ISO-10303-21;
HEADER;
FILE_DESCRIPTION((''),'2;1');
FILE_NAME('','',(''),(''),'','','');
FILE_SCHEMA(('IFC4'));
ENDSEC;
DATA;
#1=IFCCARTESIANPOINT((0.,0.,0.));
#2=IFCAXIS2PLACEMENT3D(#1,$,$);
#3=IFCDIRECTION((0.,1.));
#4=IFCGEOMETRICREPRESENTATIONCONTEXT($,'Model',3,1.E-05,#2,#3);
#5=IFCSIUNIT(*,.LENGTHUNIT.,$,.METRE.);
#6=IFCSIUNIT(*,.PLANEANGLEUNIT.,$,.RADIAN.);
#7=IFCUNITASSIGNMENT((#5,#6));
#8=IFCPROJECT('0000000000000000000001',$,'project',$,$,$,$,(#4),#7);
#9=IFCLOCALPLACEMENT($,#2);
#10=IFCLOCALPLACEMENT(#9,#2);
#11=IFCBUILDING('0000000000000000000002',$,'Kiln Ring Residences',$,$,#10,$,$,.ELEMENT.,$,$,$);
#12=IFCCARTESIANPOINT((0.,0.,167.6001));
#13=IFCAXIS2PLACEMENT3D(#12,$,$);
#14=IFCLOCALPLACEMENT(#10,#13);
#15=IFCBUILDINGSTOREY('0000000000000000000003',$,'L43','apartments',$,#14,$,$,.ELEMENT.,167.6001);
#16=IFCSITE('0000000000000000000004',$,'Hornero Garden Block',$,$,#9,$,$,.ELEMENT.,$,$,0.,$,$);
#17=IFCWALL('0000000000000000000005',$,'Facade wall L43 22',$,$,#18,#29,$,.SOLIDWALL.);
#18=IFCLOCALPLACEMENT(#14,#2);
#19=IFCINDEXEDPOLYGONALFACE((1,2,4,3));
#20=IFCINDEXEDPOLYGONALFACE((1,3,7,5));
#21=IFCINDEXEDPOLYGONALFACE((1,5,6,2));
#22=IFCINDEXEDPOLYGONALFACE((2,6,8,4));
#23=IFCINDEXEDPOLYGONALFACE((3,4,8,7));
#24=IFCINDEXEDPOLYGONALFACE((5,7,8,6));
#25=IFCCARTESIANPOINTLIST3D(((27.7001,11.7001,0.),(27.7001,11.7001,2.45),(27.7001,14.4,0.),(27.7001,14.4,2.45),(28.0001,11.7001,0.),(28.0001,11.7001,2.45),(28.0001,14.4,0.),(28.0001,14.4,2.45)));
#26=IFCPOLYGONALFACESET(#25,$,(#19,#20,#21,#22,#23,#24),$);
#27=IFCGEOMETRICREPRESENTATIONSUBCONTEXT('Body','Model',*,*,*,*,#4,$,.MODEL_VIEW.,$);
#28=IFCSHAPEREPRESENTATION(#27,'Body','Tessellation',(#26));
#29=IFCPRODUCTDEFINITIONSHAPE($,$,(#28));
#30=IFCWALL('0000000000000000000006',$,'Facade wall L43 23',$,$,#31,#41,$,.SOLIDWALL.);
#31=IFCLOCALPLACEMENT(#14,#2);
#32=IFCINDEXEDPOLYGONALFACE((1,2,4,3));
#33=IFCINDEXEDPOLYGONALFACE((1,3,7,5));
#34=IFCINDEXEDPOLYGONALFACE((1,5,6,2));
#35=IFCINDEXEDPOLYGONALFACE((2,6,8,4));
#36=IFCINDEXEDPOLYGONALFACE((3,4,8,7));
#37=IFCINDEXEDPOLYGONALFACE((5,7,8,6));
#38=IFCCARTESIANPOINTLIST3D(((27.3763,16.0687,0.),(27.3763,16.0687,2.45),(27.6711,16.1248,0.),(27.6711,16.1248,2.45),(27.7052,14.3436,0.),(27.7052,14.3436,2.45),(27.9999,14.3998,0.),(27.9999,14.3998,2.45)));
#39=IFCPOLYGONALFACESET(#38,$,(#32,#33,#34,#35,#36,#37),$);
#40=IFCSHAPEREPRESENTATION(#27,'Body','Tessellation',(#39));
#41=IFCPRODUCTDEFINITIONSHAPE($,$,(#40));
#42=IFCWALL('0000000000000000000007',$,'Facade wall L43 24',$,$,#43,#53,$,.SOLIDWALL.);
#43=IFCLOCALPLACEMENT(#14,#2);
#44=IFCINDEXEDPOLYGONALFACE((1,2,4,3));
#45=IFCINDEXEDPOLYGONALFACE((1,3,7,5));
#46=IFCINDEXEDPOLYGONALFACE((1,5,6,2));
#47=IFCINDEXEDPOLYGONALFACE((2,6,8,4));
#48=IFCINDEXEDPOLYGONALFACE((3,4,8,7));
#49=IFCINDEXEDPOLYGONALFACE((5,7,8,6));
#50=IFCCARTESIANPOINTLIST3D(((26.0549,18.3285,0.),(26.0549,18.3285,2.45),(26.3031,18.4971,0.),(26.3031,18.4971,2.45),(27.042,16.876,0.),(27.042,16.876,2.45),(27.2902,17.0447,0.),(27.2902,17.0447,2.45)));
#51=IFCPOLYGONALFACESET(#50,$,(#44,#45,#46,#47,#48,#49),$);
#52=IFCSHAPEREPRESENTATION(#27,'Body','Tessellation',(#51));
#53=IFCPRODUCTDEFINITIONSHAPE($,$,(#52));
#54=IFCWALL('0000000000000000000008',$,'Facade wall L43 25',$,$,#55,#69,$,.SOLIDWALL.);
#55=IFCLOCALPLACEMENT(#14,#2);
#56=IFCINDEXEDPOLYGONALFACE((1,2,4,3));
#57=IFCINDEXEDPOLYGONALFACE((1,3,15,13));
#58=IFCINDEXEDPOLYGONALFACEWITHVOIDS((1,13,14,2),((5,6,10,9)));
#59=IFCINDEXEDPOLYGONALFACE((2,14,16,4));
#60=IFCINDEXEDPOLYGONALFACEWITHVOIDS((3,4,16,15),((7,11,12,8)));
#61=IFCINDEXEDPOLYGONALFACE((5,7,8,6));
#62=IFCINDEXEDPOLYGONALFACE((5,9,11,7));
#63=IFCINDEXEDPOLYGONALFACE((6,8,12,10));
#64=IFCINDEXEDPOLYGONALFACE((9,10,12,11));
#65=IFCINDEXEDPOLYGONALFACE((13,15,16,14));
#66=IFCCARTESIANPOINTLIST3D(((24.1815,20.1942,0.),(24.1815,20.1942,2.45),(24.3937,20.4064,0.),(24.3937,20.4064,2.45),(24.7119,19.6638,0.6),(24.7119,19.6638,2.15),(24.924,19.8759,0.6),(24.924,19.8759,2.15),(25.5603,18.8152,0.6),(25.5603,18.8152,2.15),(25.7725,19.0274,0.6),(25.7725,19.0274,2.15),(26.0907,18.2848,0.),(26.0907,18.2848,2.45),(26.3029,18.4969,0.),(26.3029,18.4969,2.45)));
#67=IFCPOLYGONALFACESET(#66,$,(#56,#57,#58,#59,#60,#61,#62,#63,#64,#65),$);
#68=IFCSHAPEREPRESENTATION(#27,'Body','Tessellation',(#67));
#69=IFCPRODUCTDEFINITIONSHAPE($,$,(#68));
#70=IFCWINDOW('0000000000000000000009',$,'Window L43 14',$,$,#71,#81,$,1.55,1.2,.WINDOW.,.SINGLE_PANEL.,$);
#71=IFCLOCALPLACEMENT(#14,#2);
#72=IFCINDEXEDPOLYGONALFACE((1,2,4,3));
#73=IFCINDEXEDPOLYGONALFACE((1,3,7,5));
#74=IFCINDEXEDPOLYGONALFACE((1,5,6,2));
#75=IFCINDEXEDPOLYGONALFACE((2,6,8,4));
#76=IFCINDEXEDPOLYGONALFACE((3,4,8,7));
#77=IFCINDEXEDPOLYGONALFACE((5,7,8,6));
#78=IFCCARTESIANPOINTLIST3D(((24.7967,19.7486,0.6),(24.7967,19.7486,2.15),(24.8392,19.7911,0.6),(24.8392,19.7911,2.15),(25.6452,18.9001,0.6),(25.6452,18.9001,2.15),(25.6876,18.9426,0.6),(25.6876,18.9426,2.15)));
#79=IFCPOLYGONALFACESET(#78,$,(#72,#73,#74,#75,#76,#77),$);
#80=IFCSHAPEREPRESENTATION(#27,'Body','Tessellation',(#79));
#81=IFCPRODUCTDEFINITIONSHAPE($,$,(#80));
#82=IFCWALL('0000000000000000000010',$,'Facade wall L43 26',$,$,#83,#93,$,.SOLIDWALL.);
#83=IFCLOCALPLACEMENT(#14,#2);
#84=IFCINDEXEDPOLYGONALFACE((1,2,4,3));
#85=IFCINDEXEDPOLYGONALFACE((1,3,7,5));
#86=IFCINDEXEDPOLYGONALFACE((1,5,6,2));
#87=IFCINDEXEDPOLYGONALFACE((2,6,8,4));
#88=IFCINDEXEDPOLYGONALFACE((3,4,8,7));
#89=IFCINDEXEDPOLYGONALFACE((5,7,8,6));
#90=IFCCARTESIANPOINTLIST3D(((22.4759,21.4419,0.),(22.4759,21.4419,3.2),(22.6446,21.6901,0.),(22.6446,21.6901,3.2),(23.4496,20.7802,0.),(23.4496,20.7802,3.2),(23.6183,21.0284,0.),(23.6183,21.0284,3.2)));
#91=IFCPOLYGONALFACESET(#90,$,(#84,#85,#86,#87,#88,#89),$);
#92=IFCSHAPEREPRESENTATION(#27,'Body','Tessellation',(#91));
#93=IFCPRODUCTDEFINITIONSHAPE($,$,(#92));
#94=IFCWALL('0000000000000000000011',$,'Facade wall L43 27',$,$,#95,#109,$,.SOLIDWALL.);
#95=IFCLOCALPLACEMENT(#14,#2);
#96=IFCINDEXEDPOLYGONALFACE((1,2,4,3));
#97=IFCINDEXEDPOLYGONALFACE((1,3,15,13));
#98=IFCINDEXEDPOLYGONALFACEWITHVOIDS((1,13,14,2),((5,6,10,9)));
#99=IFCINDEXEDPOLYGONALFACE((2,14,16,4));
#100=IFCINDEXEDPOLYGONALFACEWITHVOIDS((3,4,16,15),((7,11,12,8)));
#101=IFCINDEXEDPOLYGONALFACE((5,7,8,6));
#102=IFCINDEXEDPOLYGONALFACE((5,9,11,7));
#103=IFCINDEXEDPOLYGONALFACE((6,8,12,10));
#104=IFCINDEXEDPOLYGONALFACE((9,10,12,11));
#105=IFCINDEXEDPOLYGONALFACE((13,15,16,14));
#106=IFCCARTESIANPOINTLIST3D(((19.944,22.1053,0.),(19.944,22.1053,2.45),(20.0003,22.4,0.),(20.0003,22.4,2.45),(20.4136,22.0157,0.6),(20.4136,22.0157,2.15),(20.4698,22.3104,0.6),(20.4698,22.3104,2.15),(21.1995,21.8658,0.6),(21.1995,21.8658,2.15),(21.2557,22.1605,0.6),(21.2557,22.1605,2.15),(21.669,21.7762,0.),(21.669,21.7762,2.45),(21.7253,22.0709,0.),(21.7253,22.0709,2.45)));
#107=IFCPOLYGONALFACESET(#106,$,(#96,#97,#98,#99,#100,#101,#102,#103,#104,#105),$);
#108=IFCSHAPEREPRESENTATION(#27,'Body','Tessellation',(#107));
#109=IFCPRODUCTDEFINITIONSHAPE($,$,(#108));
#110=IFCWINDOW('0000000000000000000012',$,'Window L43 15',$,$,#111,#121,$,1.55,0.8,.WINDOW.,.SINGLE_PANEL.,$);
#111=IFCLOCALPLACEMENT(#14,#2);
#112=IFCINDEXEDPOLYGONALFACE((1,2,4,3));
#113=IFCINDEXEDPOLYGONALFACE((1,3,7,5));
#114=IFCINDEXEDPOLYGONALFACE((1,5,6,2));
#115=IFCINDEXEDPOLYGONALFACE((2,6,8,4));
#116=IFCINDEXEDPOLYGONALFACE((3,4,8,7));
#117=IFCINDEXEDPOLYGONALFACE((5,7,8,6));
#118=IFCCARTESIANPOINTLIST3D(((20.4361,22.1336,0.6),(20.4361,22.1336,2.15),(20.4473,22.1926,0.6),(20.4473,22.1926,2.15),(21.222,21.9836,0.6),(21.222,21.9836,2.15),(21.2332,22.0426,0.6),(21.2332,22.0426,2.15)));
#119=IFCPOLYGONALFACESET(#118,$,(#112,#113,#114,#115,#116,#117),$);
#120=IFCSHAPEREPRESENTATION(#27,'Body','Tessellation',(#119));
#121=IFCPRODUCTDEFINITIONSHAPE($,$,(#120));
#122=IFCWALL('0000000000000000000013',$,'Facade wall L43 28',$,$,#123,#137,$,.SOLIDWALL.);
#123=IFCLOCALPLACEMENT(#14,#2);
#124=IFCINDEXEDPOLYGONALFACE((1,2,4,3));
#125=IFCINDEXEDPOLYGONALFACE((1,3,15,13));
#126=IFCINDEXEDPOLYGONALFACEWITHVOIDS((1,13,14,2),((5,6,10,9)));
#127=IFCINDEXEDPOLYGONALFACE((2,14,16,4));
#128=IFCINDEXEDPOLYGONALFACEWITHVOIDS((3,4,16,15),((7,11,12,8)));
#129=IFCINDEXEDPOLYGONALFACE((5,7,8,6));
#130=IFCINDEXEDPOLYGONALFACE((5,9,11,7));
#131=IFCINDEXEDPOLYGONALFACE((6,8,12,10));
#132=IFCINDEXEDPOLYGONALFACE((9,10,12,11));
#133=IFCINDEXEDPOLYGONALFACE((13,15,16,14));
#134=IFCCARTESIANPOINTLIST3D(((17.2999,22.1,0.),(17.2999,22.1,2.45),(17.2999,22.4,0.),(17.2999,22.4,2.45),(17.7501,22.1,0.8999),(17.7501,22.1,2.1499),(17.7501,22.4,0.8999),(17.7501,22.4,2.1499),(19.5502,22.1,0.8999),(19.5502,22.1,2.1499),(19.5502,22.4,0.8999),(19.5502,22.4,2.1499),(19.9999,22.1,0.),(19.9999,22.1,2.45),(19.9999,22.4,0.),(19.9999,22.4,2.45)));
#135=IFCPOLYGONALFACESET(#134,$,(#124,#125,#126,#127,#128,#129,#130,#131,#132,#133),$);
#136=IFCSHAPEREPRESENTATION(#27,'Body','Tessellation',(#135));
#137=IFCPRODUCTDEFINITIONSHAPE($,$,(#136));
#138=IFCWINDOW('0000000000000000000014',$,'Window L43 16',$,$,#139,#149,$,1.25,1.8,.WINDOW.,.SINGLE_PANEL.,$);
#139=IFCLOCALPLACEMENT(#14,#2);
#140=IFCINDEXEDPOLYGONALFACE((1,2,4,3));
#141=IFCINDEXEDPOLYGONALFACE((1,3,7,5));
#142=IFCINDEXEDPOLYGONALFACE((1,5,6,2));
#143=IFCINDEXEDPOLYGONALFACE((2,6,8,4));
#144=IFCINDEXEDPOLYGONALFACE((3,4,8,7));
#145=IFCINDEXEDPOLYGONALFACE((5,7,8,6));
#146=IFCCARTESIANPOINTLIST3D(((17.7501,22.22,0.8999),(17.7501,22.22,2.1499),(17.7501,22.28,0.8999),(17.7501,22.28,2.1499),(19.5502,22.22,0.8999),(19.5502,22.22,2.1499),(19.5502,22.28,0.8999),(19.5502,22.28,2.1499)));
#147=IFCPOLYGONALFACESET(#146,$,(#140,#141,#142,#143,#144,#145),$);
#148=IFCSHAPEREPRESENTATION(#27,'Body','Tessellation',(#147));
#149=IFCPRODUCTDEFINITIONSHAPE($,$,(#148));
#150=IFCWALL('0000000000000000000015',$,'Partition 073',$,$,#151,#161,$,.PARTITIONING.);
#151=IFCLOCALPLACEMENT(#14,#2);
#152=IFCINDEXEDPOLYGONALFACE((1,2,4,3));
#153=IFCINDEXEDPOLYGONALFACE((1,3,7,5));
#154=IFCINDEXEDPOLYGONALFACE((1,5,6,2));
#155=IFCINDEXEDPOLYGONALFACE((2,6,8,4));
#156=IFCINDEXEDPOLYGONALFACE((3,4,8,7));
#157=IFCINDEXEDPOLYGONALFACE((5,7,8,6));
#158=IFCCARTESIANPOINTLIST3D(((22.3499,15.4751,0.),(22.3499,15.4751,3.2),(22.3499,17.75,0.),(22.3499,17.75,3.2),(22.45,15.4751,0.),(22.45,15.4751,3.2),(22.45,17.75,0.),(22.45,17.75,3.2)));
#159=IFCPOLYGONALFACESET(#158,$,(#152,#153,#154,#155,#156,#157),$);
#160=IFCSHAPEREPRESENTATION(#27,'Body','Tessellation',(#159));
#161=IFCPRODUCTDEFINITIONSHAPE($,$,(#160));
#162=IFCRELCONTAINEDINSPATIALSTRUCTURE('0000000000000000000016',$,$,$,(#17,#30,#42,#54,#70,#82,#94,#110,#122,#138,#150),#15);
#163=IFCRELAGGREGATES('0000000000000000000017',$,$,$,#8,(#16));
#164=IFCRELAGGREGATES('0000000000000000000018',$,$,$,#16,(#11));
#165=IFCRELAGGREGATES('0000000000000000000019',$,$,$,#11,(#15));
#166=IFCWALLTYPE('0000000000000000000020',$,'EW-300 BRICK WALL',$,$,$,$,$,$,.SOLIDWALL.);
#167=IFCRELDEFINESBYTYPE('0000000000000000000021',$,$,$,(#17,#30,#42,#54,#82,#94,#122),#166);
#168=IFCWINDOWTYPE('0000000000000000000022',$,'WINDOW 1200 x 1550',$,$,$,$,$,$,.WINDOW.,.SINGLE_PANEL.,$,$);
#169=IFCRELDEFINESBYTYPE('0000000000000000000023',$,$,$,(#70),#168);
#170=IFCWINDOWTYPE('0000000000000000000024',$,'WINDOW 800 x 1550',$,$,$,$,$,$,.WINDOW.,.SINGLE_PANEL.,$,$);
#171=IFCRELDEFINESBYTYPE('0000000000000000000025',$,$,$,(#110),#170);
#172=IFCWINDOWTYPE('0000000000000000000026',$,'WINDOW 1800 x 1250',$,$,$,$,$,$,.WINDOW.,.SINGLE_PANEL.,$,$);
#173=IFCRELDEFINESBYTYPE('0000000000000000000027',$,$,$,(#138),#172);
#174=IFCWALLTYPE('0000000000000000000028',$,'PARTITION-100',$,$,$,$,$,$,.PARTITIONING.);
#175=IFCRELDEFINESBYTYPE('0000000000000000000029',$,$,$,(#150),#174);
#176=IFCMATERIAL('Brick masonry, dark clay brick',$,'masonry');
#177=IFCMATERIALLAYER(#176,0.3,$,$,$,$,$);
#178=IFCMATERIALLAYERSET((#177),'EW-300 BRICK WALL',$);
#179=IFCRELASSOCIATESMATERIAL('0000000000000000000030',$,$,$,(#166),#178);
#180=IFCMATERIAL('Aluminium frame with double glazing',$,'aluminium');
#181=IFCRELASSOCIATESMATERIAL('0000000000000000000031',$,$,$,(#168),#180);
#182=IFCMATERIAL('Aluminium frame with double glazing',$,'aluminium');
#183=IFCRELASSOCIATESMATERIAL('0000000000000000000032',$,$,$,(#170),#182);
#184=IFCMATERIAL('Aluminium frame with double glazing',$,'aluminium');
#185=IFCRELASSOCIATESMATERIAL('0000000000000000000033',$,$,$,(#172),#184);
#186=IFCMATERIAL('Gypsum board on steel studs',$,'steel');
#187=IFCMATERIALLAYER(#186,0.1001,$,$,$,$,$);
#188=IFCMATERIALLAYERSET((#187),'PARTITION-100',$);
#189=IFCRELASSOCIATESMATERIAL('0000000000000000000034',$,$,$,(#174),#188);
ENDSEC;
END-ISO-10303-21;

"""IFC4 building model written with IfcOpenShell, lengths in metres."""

from ifc_helpers import new_model, si_unit, direction, frame, frame_2d, origin, place, context, subcontext, project, spatial, rectangle, extrude, material, layer, layer_set, type_object, element, fill, save


model = new_model("IFC4")

# Units and contexts
model_context = context("Model", 3, precision=1e-05, world=origin(), true_north=direction((0.0, 1.0)))
body_context = subcontext(model_context, "Body", "Model", "MODEL_VIEW")
ifc_project = project(units=[si_unit("LENGTHUNIT", "METRE"), si_unit("PLANEANGLEUNIT", "RADIAN")], contexts=[model_context])

# Site, building, storey
site_placement = place(None, origin())
site = spatial("IfcSite", under=ifc_project, at=site_placement, Name="Hornero Garden Block", CompositionType="ELEMENT", RefElevation=0.0)
building_placement = place(site_placement, origin())
building = spatial("IfcBuilding", under=site, at=building_placement, Name="Kiln Ring Residences", CompositionType="ELEMENT")
storey_placement = place(building_placement, frame((0.0, 0.0, 167.6001)))
storey = spatial("IfcBuildingStorey", under=building, at=storey_placement, Name="L43", Description="apartments", CompositionType="ELEMENT", Elevation=167.6001)

# Walls
ifc_material_1 = material(Name="Brick masonry, dark clay brick", Category="masonry")
ifc_layer_1 = layer(ifc_material_1, 0.3)
ifc_layer_set_1 = layer_set([ifc_layer_1], Name="EW-300 BRICK WALL")
wall_type_1 = type_object("IfcWallType", Name="EW-300 BRICK WALL", PredefinedType="SOLIDWALL", material=ifc_layer_set_1)
wall_1_placement = place(storey_placement, frame((27.8501, 11.7, 0.0), z_axis=(0.0, 0.0, 1.0), x_axis=(0.0, 1.0, 0.0)))
element("IfcWall", 1, at=wall_1_placement, inside=storey, type_object=wall_type_1, Name="Facade wall L43 22", PredefinedType="SOLIDWALL", context=body_context, shape_type="SweptSolid", body=[
    extrude(rectangle(XDim=2.7, YDim=0.3, at=frame_2d((1.3501, 0.0))), origin(), (0.0, 0.0, 1.0), 2.45),
])
for number, where, z_axis, x_axis, name in (
    (2, (27.8525, 14.3718, 0.0), (0.0, 0.0, 1.0), (-0.187259, 0.982311, 0.0), "Facade wall L43 23"),
    (3, (27.166, 16.9604, 0.0), (0.0, 0.0, 1.0), (-0.562089, 0.827076, 0.0), "Facade wall L43 24"),
):
    element("IfcWall", number, at=place(storey_placement, frame(where, z_axis=z_axis, x_axis=x_axis)), inside=storey, type_object=wall_type_1, Name=name, PredefinedType="SOLIDWALL", context=body_context, shape_type="SweptSolid", body=[
        extrude(rectangle(XDim=1.7561, YDim=0.3, at=frame_2d((0.8779, 0.0))), origin(), (0.0, 0.0, 1.0), 2.45),
    ])

# Wall, opening, window
wall_2_placement = place(storey_placement, frame((26.1968, 18.3909, 0.0), z_axis=(0.0, 0.0, 1.0), x_axis=(-0.707062, 0.707152, 0.0)))
wall_2 = element("IfcWall", 4, at=wall_2_placement, inside=storey, type_object=wall_type_1, Name="Facade wall L43 25", PredefinedType="SOLIDWALL", context=body_context, shape_type="SweptSolid", body=[
    extrude(rectangle(XDim=2.7002, YDim=0.3, at=frame_2d((1.3501, 0.0))), origin(), (0.0, 0.0, 1.0), 2.45),
])
opening_1_placement = place(wall_2_placement, frame((0.75, 0.0, 0.6001)))
opening_1 = element("IfcOpeningElement", 5, at=opening_1_placement, cuts=wall_2, PredefinedType="OPENING", context=body_context, shape_type="SweptSolid", body=[
    extrude(rectangle(XDim=1.2, YDim=1.55, at=frame_2d((0.6001, 0.7749))), frame((0.0, 0.1599, 0.0), z_axis=(0.0, -1.0, 0.0), x_axis=(1.0, 0.0, 0.0)), (0.0, 0.0, 1.0), 0.3201),
])
ifc_material_2 = material(Name="Aluminium frame with double glazing", Category="aluminium")
window_type_1 = type_object("IfcWindowType", Name="WINDOW 1200 x 1550", PartitioningType="SINGLE_PANEL", PredefinedType="WINDOW", material=ifc_material_2)
window_1_placement = place(opening_1_placement, origin())
window_1 = element("IfcWindow", 6, at=window_1_placement, inside=storey, type_object=window_type_1, Name="Window L43 14", OverallHeight=1.55, OverallWidth=1.2, PartitioningType="SINGLE_PANEL", PredefinedType="WINDOW", context=body_context, shape_type="SweptSolid", body=[
    extrude(rectangle(XDim=1.2, YDim=1.55, at=frame_2d((0.6001, 0.7749))), frame((0.0, 0.03, 0.0), z_axis=(0.0, -1.0, 0.0), x_axis=(1.0, 0.0, 0.0)), (0.0, 0.0, 1.0), 0.0601),
])
fill(opening_1, window_1)

# Wall
wall_3_placement = place(storey_placement, frame((23.5339, 20.9043, 0.0), z_axis=(0.0, 0.0, 1.0), x_axis=(-0.827104, 0.562049, 0.0)))
element("IfcWall", 7, at=wall_3_placement, inside=storey, type_object=wall_type_1, Name="Facade wall L43 26", PredefinedType="SOLIDWALL", context=body_context, shape_type="SweptSolid", body=[
    extrude(rectangle(XDim=1.1772, YDim=0.3, at=frame_2d((0.5886, 0.0))), origin(), (0.0, 0.0, 1.0), 3.2),
])

# Walls, openings, windows
wall_4_placement = place(storey_placement, frame((21.697, 21.9236, 0.0), z_axis=(0.0, 0.0, 1.0), x_axis=(-0.982285, 0.187393, 0.0)))
wall_4 = element("IfcWall", 8, at=wall_4_placement, inside=storey, type_object=wall_type_1, Name="Facade wall L43 27", PredefinedType="SOLIDWALL", context=body_context, shape_type="SweptSolid", body=[
    extrude(rectangle(XDim=1.7561, YDim=0.3, at=frame_2d((0.8779, 0.0))), origin(), (0.0, 0.0, 1.0), 2.45),
])
opening_2_placement = place(wall_4_placement, frame((0.478, 0.0, 0.6001)))
opening_2 = element("IfcOpeningElement", 9, at=opening_2_placement, cuts=wall_4, PredefinedType="OPENING", context=body_context, shape_type="SweptSolid", body=[
    extrude(rectangle(XDim=0.8, YDim=1.55, at=frame_2d((0.3999, 0.7749))), frame((0.0, 0.1599, 0.0), z_axis=(0.0, -1.0, 0.0), x_axis=(1.0, 0.0, 0.0)), (0.0, 0.0, 1.0), 0.3201),
])
ifc_material_3 = material(Name="Aluminium frame with double glazing", Category="aluminium")
window_type_2 = type_object("IfcWindowType", Name="WINDOW 800 x 1550", PartitioningType="SINGLE_PANEL", PredefinedType="WINDOW", material=ifc_material_3)
window_2_placement = place(opening_2_placement, origin())
window_2 = element("IfcWindow", 10, at=window_2_placement, inside=storey, type_object=window_type_2, Name="Window L43 15", OverallHeight=1.55, OverallWidth=0.8, PartitioningType="SINGLE_PANEL", PredefinedType="WINDOW", context=body_context, shape_type="SweptSolid", body=[
    extrude(rectangle(XDim=0.8, YDim=1.55, at=frame_2d((0.3999, 0.7749))), frame((0.0, 0.03, 0.0), z_axis=(0.0, -1.0, 0.0), x_axis=(1.0, 0.0, 0.0)), (0.0, 0.0, 1.0), 0.0601),
])
fill(opening_2, window_2)
wall_5_placement = place(storey_placement, frame((20.0, 22.25, 0.0), z_axis=(0.0, 0.0, 1.0), x_axis=(-1.0, 0.0, 0.0)))
wall_5 = element("IfcWall", 11, at=wall_5_placement, inside=storey, type_object=wall_type_1, Name="Facade wall L43 28", PredefinedType="SOLIDWALL", context=body_context, shape_type="SweptSolid", body=[
    extrude(rectangle(XDim=2.7, YDim=0.3, at=frame_2d((1.3501, 0.0))), origin(), (0.0, 0.0, 1.0), 2.45),
])
opening_3_placement = place(wall_5_placement, frame((0.45, 0.0, 0.8999)))
opening_3 = element("IfcOpeningElement", 12, at=opening_3_placement, cuts=wall_5, PredefinedType="OPENING", context=body_context, shape_type="SweptSolid", body=[
    extrude(rectangle(XDim=1.8, YDim=1.25, at=frame_2d((0.8999, 0.625))), frame((0.0, 0.1599, 0.0), z_axis=(0.0, -1.0, 0.0), x_axis=(1.0, 0.0, 0.0)), (0.0, 0.0, 1.0), 0.3201),
])
ifc_material_4 = material(Name="Aluminium frame with double glazing", Category="aluminium")
window_type_3 = type_object("IfcWindowType", Name="WINDOW 1800 x 1250", PartitioningType="SINGLE_PANEL", PredefinedType="WINDOW", material=ifc_material_4)
window_3_placement = place(opening_3_placement, origin())
window_3 = element("IfcWindow", 13, at=window_3_placement, inside=storey, type_object=window_type_3, Name="Window L43 16", OverallHeight=1.25, OverallWidth=1.8, PartitioningType="SINGLE_PANEL", PredefinedType="WINDOW", context=body_context, shape_type="SweptSolid", body=[
    extrude(rectangle(XDim=1.8, YDim=1.25, at=frame_2d((0.8999, 0.625))), frame((0.0, 0.03, 0.0), z_axis=(0.0, -1.0, 0.0), x_axis=(1.0, 0.0, 0.0)), (0.0, 0.0, 1.0), 0.0601),
])
fill(opening_3, window_3)

# Wall
ifc_material_5 = material(Name="Gypsum board on steel studs", Category="steel")
ifc_layer_2 = layer(ifc_material_5, 0.1001)
ifc_layer_set_2 = layer_set([ifc_layer_2], Name="PARTITION-100")
wall_type_2 = type_object("IfcWallType", Name="PARTITION-100", PredefinedType="PARTITIONING", material=ifc_layer_set_2)
wall_6_placement = place(storey_placement, frame((22.3999, 15.4751, 0.0), z_axis=(0.0, 0.0, 1.0), x_axis=(0.0, 1.0, 0.0)))
element("IfcWall", 14, at=wall_6_placement, inside=storey, type_object=wall_type_2, Name="Partition 073", PredefinedType="PARTITIONING", context=body_context, shape_type="SweptSolid", body=[
    extrude(rectangle(XDim=2.2749, YDim=0.1001, at=frame_2d((1.1375, 0.0))), origin(), (0.0, 0.0, 1.0), 3.2),
])

save(model, "model.ifc")
